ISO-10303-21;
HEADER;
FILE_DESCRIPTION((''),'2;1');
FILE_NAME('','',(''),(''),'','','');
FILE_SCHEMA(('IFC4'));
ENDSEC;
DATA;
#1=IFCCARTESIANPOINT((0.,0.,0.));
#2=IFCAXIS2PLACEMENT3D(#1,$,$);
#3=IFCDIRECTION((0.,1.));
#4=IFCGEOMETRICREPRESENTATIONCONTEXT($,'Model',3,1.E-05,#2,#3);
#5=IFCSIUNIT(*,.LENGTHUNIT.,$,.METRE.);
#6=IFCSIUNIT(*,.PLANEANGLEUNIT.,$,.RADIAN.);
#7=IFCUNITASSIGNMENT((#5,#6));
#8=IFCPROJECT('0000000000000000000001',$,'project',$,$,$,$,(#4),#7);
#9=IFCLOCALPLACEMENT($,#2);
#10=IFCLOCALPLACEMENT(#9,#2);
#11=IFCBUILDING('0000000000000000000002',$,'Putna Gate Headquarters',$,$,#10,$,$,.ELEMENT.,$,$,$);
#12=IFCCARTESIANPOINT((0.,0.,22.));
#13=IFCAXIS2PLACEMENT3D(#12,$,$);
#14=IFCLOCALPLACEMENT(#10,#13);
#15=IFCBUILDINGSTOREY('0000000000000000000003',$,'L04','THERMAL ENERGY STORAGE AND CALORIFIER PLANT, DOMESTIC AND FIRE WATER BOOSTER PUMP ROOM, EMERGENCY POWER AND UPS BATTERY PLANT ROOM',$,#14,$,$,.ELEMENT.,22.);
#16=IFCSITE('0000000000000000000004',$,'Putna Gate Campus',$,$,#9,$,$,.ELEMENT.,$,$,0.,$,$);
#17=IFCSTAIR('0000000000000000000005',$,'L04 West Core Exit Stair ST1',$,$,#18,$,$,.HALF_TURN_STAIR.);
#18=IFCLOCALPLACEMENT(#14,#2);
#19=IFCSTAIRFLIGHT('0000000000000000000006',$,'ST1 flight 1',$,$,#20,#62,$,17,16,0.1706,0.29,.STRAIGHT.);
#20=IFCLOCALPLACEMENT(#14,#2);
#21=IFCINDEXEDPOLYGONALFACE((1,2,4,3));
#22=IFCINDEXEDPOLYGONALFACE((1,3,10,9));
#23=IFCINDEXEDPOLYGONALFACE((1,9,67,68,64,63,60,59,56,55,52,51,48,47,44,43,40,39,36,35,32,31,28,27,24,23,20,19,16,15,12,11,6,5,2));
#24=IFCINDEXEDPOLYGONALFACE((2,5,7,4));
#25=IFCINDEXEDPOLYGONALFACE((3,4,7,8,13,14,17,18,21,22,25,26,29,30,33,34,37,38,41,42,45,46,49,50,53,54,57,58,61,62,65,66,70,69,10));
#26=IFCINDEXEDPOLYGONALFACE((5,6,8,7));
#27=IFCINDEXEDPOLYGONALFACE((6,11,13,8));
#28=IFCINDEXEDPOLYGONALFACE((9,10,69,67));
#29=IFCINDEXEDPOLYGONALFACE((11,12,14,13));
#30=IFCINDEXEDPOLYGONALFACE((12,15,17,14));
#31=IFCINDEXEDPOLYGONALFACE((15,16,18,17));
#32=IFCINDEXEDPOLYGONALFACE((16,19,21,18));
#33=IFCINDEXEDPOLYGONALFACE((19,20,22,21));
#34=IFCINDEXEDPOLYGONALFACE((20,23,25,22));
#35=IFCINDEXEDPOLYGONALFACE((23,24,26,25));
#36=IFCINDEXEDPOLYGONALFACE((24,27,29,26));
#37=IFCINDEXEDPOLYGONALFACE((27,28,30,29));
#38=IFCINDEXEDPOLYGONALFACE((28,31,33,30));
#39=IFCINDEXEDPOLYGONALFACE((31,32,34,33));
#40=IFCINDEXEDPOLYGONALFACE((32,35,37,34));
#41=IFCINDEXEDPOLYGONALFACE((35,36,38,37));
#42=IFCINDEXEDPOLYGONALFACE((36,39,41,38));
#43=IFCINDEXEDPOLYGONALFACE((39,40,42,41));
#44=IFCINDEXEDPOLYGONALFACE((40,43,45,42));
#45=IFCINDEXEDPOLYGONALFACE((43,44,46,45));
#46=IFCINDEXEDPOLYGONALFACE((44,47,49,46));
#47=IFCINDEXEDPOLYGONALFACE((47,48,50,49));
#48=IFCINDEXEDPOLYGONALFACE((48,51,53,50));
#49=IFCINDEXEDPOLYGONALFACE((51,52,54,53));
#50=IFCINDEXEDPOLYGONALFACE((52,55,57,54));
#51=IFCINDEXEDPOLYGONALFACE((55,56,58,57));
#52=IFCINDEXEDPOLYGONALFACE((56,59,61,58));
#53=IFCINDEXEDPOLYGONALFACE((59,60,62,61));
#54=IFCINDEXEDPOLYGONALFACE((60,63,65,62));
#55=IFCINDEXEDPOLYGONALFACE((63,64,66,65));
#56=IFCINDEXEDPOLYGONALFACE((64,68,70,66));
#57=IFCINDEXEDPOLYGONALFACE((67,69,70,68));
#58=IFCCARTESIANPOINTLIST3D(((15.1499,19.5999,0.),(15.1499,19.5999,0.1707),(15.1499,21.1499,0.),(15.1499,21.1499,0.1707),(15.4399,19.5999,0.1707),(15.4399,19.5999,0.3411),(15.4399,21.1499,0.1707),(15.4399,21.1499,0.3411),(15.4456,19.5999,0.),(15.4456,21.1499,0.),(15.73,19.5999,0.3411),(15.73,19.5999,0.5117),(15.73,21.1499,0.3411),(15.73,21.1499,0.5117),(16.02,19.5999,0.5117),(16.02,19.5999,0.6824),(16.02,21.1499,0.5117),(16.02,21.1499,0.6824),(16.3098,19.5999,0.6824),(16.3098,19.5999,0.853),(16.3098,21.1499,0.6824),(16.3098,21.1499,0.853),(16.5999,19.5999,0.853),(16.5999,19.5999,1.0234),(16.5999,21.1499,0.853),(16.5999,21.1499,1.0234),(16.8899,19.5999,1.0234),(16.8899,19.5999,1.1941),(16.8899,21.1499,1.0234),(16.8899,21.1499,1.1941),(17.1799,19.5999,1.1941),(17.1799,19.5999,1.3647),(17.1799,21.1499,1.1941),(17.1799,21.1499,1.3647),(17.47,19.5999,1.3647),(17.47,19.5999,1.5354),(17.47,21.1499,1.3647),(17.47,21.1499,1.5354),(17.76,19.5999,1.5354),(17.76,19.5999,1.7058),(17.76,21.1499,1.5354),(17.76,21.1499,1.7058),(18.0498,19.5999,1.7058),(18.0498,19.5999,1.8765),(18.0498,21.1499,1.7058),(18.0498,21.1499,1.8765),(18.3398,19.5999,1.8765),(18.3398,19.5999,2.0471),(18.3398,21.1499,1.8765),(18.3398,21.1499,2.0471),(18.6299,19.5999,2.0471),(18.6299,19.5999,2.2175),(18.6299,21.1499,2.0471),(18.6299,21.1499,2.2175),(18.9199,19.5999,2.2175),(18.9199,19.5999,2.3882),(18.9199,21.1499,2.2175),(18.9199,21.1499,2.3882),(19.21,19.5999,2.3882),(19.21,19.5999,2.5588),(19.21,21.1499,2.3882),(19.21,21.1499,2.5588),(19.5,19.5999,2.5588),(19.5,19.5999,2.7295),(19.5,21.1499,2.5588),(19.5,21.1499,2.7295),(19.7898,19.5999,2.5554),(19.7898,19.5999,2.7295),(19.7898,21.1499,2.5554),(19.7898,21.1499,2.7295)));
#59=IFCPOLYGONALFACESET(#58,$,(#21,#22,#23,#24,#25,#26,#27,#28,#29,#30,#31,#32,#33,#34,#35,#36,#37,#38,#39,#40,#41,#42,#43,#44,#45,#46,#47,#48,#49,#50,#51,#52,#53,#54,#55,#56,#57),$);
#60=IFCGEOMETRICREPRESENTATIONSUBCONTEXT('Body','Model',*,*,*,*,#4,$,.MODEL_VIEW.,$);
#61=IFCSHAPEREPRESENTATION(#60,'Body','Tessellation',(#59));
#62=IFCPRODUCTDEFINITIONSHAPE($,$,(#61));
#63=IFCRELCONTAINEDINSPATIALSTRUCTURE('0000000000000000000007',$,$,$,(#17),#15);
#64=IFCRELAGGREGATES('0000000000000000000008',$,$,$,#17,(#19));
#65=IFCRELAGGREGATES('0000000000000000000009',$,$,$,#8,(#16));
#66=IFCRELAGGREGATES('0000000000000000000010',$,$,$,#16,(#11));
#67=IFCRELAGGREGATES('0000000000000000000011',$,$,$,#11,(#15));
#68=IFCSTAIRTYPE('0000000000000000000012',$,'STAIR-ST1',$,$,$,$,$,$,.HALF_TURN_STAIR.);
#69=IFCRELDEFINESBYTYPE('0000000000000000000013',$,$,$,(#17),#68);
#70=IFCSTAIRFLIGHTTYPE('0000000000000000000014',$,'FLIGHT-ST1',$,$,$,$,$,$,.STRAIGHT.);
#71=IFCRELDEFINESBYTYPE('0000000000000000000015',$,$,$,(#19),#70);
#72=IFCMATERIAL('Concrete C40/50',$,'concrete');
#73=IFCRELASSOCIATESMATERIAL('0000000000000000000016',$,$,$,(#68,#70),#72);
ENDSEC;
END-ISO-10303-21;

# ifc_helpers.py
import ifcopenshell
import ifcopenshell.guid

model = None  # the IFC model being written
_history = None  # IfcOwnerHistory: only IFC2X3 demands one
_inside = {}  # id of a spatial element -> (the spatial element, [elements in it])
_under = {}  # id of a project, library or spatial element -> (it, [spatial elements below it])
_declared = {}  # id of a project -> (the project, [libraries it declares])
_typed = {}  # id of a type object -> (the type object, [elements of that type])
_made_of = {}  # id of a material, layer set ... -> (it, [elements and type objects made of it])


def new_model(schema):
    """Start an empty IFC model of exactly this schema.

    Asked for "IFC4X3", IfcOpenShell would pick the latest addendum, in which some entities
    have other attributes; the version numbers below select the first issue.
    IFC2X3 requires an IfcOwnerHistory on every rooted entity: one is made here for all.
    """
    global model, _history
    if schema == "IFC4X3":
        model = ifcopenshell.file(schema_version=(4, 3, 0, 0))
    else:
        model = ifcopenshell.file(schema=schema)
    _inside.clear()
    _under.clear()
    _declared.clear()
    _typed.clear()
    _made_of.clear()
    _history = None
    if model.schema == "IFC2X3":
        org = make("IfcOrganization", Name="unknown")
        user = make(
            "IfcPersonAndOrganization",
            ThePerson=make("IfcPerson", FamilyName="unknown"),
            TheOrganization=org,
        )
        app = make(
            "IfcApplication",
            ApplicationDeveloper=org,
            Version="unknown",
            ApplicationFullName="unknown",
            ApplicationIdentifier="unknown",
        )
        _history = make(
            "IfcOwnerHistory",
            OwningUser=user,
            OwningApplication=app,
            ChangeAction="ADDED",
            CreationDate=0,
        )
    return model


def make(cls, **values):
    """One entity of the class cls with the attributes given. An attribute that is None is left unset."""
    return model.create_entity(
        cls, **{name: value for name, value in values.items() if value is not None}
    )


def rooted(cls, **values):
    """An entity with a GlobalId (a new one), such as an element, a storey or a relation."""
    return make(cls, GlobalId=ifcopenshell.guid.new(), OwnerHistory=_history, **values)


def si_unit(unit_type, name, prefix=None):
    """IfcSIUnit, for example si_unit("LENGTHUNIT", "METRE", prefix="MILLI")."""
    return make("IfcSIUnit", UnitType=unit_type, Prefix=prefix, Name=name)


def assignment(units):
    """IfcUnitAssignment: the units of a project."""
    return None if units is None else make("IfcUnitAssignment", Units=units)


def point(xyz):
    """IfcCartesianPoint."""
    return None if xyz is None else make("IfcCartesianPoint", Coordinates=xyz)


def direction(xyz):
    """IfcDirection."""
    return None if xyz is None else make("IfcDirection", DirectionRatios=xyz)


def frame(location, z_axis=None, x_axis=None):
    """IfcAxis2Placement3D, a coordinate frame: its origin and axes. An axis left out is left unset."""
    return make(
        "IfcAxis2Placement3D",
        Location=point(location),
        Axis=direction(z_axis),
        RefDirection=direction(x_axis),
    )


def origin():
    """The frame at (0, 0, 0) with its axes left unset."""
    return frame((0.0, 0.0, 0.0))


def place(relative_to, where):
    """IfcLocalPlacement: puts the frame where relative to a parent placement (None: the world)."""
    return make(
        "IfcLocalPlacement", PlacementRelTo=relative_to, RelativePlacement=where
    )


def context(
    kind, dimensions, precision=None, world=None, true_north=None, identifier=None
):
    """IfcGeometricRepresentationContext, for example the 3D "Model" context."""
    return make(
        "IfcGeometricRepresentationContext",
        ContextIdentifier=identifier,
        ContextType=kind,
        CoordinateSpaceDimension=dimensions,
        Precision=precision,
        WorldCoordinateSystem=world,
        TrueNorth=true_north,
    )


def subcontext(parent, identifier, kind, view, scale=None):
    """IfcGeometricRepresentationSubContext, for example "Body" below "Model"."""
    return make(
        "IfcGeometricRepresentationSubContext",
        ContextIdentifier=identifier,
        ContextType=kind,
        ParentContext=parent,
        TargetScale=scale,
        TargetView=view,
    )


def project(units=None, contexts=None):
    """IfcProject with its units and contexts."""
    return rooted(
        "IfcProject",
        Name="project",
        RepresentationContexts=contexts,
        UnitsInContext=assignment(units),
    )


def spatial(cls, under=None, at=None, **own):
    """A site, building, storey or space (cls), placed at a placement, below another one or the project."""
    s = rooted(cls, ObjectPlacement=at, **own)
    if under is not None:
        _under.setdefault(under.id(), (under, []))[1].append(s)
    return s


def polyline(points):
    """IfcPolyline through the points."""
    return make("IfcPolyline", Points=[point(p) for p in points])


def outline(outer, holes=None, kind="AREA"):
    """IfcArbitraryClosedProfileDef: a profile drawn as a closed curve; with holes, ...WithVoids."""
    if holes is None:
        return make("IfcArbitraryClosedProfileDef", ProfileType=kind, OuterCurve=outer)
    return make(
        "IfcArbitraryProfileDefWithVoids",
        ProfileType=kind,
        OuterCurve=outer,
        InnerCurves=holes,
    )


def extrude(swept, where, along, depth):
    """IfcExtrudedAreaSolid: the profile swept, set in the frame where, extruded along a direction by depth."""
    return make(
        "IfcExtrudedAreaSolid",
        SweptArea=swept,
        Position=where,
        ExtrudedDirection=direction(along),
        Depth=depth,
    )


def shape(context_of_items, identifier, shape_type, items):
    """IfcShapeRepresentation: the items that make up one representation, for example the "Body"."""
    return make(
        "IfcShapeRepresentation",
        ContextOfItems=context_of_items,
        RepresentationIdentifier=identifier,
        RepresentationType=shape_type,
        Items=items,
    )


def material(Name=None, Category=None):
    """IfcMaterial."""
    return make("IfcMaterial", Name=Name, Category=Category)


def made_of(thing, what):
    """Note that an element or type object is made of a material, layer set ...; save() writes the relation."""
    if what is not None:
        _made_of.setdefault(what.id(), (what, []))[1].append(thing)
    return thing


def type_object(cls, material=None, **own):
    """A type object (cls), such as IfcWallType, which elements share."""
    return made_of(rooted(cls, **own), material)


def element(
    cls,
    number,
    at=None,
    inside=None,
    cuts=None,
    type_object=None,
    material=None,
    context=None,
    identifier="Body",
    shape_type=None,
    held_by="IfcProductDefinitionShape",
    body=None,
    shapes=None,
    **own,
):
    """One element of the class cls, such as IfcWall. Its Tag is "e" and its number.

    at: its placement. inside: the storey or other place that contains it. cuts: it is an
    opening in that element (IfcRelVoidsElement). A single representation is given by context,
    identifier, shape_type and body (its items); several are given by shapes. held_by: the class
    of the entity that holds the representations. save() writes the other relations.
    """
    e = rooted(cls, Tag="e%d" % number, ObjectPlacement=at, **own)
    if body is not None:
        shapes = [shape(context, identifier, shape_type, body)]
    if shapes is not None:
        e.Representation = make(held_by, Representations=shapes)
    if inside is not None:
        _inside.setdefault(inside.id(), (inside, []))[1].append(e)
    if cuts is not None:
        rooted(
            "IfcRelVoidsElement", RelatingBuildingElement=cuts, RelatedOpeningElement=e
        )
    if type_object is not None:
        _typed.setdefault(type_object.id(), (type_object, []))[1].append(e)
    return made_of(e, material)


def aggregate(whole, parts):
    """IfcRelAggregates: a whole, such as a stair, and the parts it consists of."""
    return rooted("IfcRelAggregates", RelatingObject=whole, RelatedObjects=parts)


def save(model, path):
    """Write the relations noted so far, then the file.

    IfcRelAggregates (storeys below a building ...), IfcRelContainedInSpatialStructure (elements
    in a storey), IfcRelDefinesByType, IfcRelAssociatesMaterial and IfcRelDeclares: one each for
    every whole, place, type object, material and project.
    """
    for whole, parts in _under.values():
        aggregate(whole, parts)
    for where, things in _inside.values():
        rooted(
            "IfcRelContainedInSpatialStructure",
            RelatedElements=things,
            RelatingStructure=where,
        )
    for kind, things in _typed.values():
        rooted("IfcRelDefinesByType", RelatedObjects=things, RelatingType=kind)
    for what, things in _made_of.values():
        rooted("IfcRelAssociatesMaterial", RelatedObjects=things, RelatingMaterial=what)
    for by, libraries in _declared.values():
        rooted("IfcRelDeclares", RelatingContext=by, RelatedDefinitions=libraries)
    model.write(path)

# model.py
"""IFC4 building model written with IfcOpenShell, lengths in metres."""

from ifc_helpers import new_model, si_unit, direction, frame, origin, place, context, subcontext, project, spatial, polyline, outline, extrude, material, type_object, element, aggregate, save


model = new_model("IFC4")

# Units and contexts
model_context = context("Model", 3, precision=1e-05, world=origin(), true_north=direction((0.0, 1.0)))
body_context = subcontext(model_context, "Body", "Model", "MODEL_VIEW")
ifc_project = project(units=[si_unit("LENGTHUNIT", "METRE"), si_unit("PLANEANGLEUNIT", "RADIAN")], contexts=[model_context])

# Site, building, storey
site_placement = place(None, origin())
site = spatial("IfcSite", under=ifc_project, at=site_placement, Name="Putna Gate Campus", CompositionType="ELEMENT", RefElevation=0.0)
building_placement = place(site_placement, origin())
building = spatial("IfcBuilding", under=site, at=building_placement, Name="Putna Gate Headquarters", CompositionType="ELEMENT")
storey_placement = place(building_placement, frame((0.0, 0.0, 22.0)))
storey = spatial("IfcBuildingStorey", under=building, at=storey_placement, Name="L04", Description="THERMAL ENERGY STORAGE AND CALORIFIER PLANT, DOMESTIC AND FIRE WATER BOOSTER PUMP ROOM, EMERGENCY POWER AND UPS BATTERY PLANT ROOM", CompositionType="ELEMENT", Elevation=22.0)

# Shared definitions
ifc_material_1 = material(Name="Concrete C40/50", Category="concrete")

# Stair, stair flight
stair_type = type_object("IfcStairType", Name="STAIR-ST1", PredefinedType="HALF_TURN_STAIR", material=ifc_material_1)
stair_placement = place(storey_placement, origin())
stair = element("IfcStair", 1, at=stair_placement, inside=storey, type_object=stair_type, Name="L04 West Core Exit Stair ST1", PredefinedType="HALF_TURN_STAIR")
stair_flight_type = type_object("IfcStairFlightType", Name="FLIGHT-ST1", PredefinedType="STRAIGHT", material=ifc_material_1)
stair_flight_placement = place(storey_placement, frame((15.1499, 20.375, 0.0), z_axis=(0.0, 0.0, 1.0), x_axis=(1.0, 0.0, 0.0)))
stair_flight = element("IfcStairFlight", 2, at=stair_flight_placement, type_object=stair_flight_type, Name="ST1 flight 1", NumberOfRisers=17, NumberOfTreads=16, PredefinedType="STRAIGHT", RiserHeight=0.1706, TreadLength=0.29, context=body_context, shape_type="SweptSolid", body=[
    extrude(outline(polyline([(0.0, 0.0), (0.0, 0.1707), (0.29, 0.1707), (0.29, 0.3411), (0.5801, 0.3411), (0.5801, 0.5117), (0.8701, 0.5117), (0.8701, 0.6824), (1.1599, 0.6824), (1.1599, 0.853), (1.45, 0.853), (1.45, 1.0234), (1.74, 1.0234), (1.74, 1.1941), (2.03, 1.1941), (2.03, 1.3647), (2.3201, 1.3647), (2.3201, 1.5354), (2.6101, 1.5354), (2.6101, 1.7058), (2.8999, 1.7058), (2.8999, 1.8765), (3.1899, 1.8765), (3.1899, 2.0471), (3.48, 2.0471), (3.48, 2.2175), (3.77, 2.2175), (3.77, 2.3882), (4.0601, 2.3882), (4.0601, 2.5588), (4.3501, 2.5588), (4.3501, 2.7295), (4.6399, 2.7295), (4.6399, 2.8999), (4.6399, 2.5554), (0.2957, 0.0), (0.0, 0.0)])), frame((0.0, 0.7749, 0.0), z_axis=(0.0, -1.0, 0.0), x_axis=(1.0, 0.0, 0.0)), (0.0, 0.0, 1.0), 1.55),
])
aggregate(stair, [stair_flight])

save(model, "model.ifc")
